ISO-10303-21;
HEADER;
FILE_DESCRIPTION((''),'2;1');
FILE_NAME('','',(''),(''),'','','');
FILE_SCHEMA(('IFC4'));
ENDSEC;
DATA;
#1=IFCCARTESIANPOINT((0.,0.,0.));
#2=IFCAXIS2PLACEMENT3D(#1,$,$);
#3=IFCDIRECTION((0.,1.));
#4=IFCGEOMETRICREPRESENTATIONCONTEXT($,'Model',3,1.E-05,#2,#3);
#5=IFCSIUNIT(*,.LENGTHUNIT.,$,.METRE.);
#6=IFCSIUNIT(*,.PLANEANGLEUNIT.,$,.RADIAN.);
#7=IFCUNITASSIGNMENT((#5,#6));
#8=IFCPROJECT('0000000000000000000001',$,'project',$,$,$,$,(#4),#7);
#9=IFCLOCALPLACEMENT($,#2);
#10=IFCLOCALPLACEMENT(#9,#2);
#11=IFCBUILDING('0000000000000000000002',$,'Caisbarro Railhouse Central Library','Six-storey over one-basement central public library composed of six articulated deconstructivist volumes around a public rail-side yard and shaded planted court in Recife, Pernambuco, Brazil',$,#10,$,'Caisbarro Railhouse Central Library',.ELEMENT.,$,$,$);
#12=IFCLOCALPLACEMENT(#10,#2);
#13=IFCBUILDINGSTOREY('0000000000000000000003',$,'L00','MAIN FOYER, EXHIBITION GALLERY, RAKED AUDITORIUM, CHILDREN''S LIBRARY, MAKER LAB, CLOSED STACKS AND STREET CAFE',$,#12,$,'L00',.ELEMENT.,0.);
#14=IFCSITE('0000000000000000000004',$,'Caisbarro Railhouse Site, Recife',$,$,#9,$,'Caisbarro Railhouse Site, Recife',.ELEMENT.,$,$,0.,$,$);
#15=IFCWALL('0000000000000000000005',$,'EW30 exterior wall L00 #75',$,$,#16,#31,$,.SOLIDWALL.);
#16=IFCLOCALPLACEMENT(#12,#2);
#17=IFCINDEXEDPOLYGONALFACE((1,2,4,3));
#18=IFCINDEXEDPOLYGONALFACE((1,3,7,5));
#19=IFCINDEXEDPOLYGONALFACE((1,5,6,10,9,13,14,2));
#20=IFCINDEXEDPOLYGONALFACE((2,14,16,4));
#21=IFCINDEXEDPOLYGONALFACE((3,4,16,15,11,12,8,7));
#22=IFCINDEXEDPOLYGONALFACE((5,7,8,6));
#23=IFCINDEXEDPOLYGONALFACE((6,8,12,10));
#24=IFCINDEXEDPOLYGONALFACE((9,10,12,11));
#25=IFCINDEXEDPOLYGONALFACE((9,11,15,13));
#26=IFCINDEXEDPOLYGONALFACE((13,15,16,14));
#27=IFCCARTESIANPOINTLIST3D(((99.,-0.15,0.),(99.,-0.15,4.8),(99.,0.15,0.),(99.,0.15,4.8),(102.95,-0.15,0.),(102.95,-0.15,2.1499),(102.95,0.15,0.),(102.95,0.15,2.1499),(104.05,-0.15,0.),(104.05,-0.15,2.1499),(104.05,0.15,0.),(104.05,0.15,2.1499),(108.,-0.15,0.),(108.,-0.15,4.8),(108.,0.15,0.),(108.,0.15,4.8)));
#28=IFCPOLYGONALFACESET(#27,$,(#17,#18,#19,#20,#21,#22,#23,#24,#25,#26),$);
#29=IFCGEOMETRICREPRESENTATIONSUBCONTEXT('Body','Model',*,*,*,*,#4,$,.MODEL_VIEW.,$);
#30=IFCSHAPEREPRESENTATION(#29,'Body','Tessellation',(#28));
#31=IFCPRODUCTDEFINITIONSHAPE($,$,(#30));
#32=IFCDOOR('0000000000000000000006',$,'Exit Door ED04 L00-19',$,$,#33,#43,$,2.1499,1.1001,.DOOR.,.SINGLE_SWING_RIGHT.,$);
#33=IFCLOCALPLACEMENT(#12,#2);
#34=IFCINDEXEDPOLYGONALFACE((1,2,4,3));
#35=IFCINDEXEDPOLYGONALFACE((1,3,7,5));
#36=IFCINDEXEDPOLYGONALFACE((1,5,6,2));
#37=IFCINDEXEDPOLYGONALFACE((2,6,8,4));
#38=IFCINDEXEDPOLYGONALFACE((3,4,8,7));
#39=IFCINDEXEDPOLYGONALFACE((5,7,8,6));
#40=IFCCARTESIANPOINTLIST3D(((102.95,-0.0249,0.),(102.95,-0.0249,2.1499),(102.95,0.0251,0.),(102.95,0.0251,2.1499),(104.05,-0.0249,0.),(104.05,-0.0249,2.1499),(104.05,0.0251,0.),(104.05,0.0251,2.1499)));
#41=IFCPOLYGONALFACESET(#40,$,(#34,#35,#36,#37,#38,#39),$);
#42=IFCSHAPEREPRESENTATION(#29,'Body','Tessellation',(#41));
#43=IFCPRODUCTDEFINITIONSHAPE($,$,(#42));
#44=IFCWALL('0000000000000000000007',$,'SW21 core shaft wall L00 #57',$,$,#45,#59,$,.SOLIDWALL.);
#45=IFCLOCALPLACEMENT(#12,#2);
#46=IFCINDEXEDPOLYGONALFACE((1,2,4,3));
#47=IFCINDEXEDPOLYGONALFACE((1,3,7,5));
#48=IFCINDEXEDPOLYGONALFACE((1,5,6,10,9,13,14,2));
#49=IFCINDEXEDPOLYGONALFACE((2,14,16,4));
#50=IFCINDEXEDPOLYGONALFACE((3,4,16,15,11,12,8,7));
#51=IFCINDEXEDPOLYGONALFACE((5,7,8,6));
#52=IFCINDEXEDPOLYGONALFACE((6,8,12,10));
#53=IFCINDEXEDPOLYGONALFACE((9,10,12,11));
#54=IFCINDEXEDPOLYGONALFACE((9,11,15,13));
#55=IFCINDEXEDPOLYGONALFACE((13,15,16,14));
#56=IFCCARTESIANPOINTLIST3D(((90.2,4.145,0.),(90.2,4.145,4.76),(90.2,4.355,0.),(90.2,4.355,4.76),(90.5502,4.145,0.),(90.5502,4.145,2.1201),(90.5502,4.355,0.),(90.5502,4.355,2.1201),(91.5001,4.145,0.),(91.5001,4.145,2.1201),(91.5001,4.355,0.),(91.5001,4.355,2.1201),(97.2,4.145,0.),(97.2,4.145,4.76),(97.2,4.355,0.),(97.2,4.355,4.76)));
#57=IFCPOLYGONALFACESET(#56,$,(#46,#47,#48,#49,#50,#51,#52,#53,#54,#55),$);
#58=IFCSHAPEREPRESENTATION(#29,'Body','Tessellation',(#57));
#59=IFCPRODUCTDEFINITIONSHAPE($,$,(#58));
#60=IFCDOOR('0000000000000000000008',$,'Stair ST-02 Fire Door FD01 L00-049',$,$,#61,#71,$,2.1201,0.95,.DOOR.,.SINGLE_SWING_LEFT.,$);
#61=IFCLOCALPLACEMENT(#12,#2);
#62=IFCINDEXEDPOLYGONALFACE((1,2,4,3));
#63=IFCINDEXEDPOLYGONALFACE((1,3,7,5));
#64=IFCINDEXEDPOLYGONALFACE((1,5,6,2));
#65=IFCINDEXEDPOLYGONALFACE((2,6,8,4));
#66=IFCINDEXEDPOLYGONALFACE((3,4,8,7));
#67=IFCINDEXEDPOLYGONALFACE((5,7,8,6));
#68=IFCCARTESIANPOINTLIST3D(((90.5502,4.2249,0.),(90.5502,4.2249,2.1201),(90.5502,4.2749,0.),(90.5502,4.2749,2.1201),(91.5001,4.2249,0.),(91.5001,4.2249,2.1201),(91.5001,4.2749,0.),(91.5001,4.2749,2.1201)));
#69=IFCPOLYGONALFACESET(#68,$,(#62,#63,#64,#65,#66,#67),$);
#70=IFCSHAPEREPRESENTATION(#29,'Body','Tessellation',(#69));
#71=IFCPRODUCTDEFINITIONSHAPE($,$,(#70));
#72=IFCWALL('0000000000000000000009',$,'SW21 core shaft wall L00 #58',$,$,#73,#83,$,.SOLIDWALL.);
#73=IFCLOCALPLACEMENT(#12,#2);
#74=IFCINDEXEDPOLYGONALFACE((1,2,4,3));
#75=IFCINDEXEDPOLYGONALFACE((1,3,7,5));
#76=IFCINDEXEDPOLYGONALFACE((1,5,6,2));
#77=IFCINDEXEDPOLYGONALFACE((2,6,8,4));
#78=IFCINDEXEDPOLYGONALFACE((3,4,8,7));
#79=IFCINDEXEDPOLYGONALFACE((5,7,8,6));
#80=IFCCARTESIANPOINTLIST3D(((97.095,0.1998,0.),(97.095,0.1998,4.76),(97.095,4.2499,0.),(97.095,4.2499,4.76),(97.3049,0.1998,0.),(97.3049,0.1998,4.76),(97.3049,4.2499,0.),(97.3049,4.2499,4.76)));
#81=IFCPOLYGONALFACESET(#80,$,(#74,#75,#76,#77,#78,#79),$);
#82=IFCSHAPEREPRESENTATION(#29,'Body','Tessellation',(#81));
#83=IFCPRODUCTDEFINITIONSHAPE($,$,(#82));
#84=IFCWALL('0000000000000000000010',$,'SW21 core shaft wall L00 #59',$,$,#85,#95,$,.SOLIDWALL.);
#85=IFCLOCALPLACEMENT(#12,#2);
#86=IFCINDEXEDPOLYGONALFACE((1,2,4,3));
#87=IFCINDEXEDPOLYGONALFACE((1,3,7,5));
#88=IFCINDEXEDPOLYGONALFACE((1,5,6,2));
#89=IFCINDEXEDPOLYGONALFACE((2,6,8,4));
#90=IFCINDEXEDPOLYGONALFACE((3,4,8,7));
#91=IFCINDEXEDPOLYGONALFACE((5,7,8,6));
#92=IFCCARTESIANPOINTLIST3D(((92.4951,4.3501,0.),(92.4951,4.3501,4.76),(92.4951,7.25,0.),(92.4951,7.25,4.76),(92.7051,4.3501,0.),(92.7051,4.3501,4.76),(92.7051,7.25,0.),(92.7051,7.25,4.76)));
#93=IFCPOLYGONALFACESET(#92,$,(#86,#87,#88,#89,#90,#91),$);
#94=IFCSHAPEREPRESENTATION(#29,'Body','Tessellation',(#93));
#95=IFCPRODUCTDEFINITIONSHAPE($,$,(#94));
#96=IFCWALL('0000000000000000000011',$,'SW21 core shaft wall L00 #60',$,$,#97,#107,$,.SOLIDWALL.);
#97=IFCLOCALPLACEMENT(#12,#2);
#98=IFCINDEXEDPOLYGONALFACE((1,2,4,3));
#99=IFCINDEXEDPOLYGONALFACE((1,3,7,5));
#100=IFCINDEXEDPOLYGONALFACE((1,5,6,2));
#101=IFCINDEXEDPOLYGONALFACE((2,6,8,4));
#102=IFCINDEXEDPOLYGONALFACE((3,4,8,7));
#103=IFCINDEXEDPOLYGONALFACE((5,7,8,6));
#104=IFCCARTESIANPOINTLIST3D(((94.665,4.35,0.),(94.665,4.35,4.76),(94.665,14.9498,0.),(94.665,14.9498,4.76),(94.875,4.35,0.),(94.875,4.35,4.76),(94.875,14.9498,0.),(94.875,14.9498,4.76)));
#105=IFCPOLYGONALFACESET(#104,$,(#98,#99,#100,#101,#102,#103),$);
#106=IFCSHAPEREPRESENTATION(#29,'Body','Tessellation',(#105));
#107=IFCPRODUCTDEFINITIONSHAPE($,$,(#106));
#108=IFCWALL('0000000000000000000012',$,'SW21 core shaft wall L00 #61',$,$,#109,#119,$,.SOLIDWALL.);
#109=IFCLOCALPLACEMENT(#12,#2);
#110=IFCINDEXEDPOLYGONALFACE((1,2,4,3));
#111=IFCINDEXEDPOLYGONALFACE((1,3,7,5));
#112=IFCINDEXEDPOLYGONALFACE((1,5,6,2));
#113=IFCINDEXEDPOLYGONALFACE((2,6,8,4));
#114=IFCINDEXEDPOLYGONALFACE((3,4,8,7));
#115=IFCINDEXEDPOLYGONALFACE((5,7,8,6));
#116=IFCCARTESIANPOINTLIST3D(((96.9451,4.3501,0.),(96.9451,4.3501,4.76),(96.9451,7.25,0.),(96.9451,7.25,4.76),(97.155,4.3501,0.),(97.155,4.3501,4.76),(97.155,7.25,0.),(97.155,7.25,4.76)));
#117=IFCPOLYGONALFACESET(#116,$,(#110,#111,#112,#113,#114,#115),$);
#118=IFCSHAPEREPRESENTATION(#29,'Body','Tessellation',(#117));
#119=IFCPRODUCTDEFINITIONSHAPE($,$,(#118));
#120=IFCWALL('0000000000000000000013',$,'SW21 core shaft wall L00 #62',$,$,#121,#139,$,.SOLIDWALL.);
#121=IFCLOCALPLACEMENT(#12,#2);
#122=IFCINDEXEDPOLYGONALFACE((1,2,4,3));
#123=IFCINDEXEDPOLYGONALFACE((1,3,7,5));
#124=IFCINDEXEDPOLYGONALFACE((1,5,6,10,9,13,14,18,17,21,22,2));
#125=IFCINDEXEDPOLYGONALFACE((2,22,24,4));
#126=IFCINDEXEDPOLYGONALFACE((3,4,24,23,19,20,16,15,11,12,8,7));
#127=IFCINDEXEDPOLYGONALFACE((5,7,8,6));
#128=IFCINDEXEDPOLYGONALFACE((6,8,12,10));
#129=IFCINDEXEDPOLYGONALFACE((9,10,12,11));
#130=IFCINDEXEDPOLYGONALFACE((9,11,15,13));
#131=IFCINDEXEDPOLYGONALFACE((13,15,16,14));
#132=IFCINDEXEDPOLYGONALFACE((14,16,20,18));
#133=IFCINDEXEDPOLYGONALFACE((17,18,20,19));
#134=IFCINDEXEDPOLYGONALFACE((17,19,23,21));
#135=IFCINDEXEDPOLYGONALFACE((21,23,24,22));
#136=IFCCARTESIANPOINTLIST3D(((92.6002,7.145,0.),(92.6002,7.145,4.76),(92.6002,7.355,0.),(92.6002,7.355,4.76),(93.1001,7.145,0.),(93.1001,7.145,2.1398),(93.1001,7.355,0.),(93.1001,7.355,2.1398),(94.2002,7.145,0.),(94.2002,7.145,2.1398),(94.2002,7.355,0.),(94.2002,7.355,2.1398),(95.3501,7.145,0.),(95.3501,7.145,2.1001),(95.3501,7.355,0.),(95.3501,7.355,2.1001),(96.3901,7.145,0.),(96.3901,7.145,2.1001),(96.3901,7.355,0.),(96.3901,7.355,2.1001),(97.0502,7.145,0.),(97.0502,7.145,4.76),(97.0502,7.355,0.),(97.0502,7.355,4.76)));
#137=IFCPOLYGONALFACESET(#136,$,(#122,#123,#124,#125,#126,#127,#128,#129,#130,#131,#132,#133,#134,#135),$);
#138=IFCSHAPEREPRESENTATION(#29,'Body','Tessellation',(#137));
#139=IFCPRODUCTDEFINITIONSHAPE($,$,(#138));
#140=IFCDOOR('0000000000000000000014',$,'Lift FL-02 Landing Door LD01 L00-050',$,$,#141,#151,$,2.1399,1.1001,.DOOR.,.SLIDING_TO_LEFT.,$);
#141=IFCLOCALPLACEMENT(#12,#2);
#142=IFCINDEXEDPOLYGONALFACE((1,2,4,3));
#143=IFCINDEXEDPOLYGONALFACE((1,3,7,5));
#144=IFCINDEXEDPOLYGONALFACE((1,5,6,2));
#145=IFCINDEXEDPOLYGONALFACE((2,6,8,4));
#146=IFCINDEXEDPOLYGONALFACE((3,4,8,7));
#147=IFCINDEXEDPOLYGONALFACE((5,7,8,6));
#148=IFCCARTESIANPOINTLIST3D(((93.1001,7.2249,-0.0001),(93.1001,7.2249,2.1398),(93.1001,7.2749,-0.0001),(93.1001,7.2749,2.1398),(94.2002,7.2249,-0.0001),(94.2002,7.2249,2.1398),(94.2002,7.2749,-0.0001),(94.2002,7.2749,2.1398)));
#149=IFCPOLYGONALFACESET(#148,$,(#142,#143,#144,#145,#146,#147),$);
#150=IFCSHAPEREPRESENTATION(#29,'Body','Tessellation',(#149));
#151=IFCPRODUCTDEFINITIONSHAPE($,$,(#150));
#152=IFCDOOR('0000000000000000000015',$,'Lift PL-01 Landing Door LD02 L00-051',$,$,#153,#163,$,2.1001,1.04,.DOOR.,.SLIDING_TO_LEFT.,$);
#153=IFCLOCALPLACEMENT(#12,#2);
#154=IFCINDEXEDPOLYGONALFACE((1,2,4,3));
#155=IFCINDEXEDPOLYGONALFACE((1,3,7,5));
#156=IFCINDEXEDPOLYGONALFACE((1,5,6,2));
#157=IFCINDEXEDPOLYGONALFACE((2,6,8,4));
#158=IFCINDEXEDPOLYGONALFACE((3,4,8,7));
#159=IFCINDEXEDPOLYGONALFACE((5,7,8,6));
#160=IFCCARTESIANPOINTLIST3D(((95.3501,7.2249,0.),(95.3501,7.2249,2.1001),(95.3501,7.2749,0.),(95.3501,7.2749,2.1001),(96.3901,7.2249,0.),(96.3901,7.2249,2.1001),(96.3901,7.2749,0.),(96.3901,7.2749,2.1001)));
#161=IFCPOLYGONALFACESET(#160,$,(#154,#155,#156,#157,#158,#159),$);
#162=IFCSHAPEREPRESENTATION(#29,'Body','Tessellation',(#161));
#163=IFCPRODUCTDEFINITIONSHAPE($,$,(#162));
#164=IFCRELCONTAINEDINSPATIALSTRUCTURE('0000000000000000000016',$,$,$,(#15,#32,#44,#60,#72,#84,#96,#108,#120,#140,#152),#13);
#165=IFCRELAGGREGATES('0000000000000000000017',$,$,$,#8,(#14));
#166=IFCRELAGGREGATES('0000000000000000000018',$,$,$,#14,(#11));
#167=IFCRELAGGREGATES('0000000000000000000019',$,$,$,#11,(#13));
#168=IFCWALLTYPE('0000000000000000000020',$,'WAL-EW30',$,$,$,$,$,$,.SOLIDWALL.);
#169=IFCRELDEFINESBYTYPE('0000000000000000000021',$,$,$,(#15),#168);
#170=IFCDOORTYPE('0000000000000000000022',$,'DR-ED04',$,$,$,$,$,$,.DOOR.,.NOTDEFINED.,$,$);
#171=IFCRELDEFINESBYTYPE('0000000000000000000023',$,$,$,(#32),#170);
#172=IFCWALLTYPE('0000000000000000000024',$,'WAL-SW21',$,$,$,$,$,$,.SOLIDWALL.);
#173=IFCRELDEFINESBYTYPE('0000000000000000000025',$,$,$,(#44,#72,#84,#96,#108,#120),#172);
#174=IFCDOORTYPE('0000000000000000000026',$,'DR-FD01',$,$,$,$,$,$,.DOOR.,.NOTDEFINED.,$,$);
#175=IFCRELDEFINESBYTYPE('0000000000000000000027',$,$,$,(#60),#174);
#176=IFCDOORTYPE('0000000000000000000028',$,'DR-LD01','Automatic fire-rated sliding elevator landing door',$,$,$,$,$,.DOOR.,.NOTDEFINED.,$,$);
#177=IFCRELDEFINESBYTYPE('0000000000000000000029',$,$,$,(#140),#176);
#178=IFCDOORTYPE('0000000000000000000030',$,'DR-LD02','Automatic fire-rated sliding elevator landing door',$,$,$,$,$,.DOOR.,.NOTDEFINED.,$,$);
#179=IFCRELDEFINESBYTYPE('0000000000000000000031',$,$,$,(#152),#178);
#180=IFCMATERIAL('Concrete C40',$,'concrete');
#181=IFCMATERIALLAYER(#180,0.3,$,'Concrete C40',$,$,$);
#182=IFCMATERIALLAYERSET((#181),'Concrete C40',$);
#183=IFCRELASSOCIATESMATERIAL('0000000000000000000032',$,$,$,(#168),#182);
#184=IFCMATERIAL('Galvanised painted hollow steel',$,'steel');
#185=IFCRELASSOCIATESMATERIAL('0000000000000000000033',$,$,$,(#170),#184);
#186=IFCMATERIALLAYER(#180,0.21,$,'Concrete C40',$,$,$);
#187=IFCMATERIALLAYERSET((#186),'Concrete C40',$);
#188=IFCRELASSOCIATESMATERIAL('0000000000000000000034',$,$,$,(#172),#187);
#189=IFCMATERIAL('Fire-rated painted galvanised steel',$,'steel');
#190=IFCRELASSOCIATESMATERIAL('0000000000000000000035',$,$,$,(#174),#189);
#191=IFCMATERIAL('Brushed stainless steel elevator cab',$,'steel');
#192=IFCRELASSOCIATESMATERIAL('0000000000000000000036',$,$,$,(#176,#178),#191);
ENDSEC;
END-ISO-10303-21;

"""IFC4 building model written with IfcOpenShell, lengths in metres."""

from ifc_helpers import new_model, si_unit, direction, frame, frame_2d, origin, place, context, subcontext, project, spatial, rectangle, extrude, material, layer, layer_set, type_object, element, fill, save


model = new_model("IFC4")

# Units and contexts
model_context = context("Model", 3, precision=1e-05, world=origin(), true_north=direction((0.0, 1.0)))
body_context = subcontext(model_context, "Body", "Model", "MODEL_VIEW")
ifc_project = project(units=[si_unit("LENGTHUNIT", "METRE"), si_unit("PLANEANGLEUNIT", "RADIAN")], contexts=[model_context])

# Site, building, storey
site_placement = place(None, origin())
site = spatial("IfcSite", under=ifc_project, at=site_placement, Name="Caisbarro Railhouse Site, Recife", LongName="Caisbarro Railhouse Site, Recife", CompositionType="ELEMENT", RefElevation=0.0)
building_placement = place(site_placement, origin())
building = spatial("IfcBuilding", under=site, at=building_placement, Name="Caisbarro Railhouse Central Library", Description="Six-storey over one-basement central public library composed of six articulated deconstructivist volumes around a public rail-side yard and shaded planted court in Recife, Pernambuco, Brazil", LongName="Caisbarro Railhouse Central Library", CompositionType="ELEMENT")
storey_placement = place(building_placement, origin())
storey = spatial("IfcBuildingStorey", under=building, at=storey_placement, Name="L00", Description="MAIN FOYER, EXHIBITION GALLERY, RAKED AUDITORIUM, CHILDREN'S LIBRARY, MAKER LAB, CLOSED STACKS AND STREET CAFE", LongName="L00", CompositionType="ELEMENT", Elevation=0.0)

# Shared definitions
ifc_material_1 = material(Name="Concrete C40", Category="concrete")

# Walls, openings, doors
ifc_layer_1 = layer(ifc_material_1, 0.3, Name="Concrete C40")
ifc_layer_set_1 = layer_set([ifc_layer_1], Name="Concrete C40")
wall_type_1 = type_object("IfcWallType", Name="WAL-EW30", PredefinedType="SOLIDWALL", material=ifc_layer_set_1)
wall_1_placement = place(storey_placement, frame((99.0, 0.0, 0.0), z_axis=(0.0, 0.0, 1.0), x_axis=(1.0, 0.0, 0.0)))
wall_1 = element("IfcWall", 1, at=wall_1_placement, inside=storey, type_object=wall_type_1, Name="EW30 exterior wall L00 #75", PredefinedType="SOLIDWALL", context=body_context, shape_type="SweptSolid", body=[
    extrude(rectangle(XDim=9.0, YDim=0.3, at=frame_2d((4.5, 0.0))), origin(), (0.0, 0.0, 1.0), 4.8),
])
opening_1_placement = place(wall_1_placement, frame((3.95, 0.0, 0.0)))
opening_1 = element("IfcOpeningElement", 2, at=opening_1_placement, cuts=wall_1, PredefinedType="OPENING", context=body_context, shape_type="SweptSolid", body=[
    extrude(rectangle(XDim=1.1001, YDim=2.1499, at=frame_2d((0.55, 1.075))), frame((0.0, 0.1602, 0.0), z_axis=(0.0, -1.0, 0.0), x_axis=(1.0, 0.0, 0.0)), (0.0, 0.0, 1.0), 0.3201),
])
ifc_material_2 = material(Name="Galvanised painted hollow steel", Category="steel")
door_type_1 = type_object("IfcDoorType", Name="DR-ED04", OperationType="NOTDEFINED", PredefinedType="DOOR", material=ifc_material_2)
door_1_placement = place(opening_1_placement, frame((1.1001, 0.0, 0.0), z_axis=(0.0, 0.0, 1.0), x_axis=(-1.0, 0.0, 0.0)))
door_1 = element("IfcDoor", 3, at=door_1_placement, inside=storey, type_object=door_type_1, Name="Exit Door ED04 L00-19", OperationType="SINGLE_SWING_RIGHT", OverallHeight=2.1499, OverallWidth=1.1001, PredefinedType="DOOR", context=body_context, shape_type="SweptSolid", body=[
    extrude(rectangle(XDim=1.1001, YDim=2.1499, at=frame_2d((0.55, 1.075))), frame((0.0, 0.0249, 0.0), z_axis=(0.0, -1.0, 0.0), x_axis=(1.0, 0.0, 0.0)), (0.0, 0.0, 1.0), 0.05),
])
fill(opening_1, door_1)
ifc_layer_2 = layer(ifc_material_1, 0.21, Name="Concrete C40")
ifc_layer_set_2 = layer_set([ifc_layer_2], Name="Concrete C40")
wall_type_2 = type_object("IfcWallType", Name="WAL-SW21", PredefinedType="SOLIDWALL", material=ifc_layer_set_2)
wall_2_placement = place(storey_placement, frame((90.2, 4.25, 0.0), z_axis=(0.0, 0.0, 1.0), x_axis=(1.0, 0.0, 0.0)))
wall_2 = element("IfcWall", 4, at=wall_2_placement, inside=storey, type_object=wall_type_2, Name="SW21 core shaft wall L00 #57", PredefinedType="SOLIDWALL", context=body_context, shape_type="SweptSolid", body=[
    extrude(rectangle(XDim=7.0, YDim=0.21, at=frame_2d((3.5, 0.0))), origin(), (0.0, 0.0, 1.0), 4.76),
])
opening_2_placement = place(wall_2_placement, frame((0.3501, 0.0, 0.0)))
opening_2 = element("IfcOpeningElement", 5, at=opening_2_placement, cuts=wall_2, PredefinedType="OPENING", context=body_context, shape_type="SweptSolid", body=[
    extrude(rectangle(XDim=0.95, YDim=2.1201, at=frame_2d((0.4751, 1.0601))), frame((0.0, 0.115, 0.0), z_axis=(0.0, -1.0, 0.0), x_axis=(1.0, 0.0, 0.0)), (0.0, 0.0, 1.0), 0.23),
])
ifc_material_3 = material(Name="Fire-rated painted galvanised steel", Category="steel")
door_type_2 = type_object("IfcDoorType", Name="DR-FD01", OperationType="NOTDEFINED", PredefinedType="DOOR", material=ifc_material_3)
door_2_placement = place(opening_2_placement, origin())
door_2 = element("IfcDoor", 6, at=door_2_placement, inside=storey, type_object=door_type_2, Name="Stair ST-02 Fire Door FD01 L00-049", OperationType="SINGLE_SWING_LEFT", OverallHeight=2.1201, OverallWidth=0.95, PredefinedType="DOOR", context=body_context, shape_type="SweptSolid", body=[
    extrude(rectangle(XDim=0.95, YDim=2.1201, at=frame_2d((0.4751, 1.0601))), frame((0.0, 0.0249, 0.0), z_axis=(0.0, -1.0, 0.0), x_axis=(1.0, 0.0, 0.0)), (0.0, 0.0, 1.0), 0.05),
])
fill(opening_2, door_2)

# Walls
wall_3_placement = place(storey_placement, frame((97.2, 0.2, 0.0), z_axis=(0.0, 0.0, 1.0), x_axis=(0.0, 1.0, 0.0)))
element("IfcWall", 7, at=wall_3_placement, inside=storey, type_object=wall_type_2, Name="SW21 core shaft wall L00 #58", PredefinedType="SOLIDWALL", context=body_context, shape_type="SweptSolid", body=[
    extrude(rectangle(XDim=4.05, YDim=0.21, at=frame_2d((2.0249, 0.0))), origin(), (0.0, 0.0, 1.0), 4.76),
])
wall_4_placement = place(storey_placement, frame((92.6001, 4.3501, 0.0), z_axis=(0.0, 0.0, 1.0), x_axis=(0.0, 1.0, 0.0)))
element("IfcWall", 8, at=wall_4_placement, inside=storey, type_object=wall_type_2, Name="SW21 core shaft wall L00 #59", PredefinedType="SOLIDWALL", context=body_context, shape_type="SweptSolid", body=[
    extrude(rectangle(XDim=2.8999, YDim=0.21, at=frame_2d((1.45, 0.0))), origin(), (0.0, 0.0, 1.0), 4.76),
])
wall_5_placement = place(storey_placement, frame((94.77, 4.3501, 0.0), z_axis=(0.0, 0.0, 1.0), x_axis=(0.0, 1.0, 0.0)))
element("IfcWall", 9, at=wall_5_placement, inside=storey, type_object=wall_type_2, Name="SW21 core shaft wall L00 #60", PredefinedType="SOLIDWALL", context=body_context, shape_type="SweptSolid", body=[
    extrude(rectangle(XDim=10.5999, YDim=0.21, at=frame_2d((5.2998, 0.0))), origin(), (0.0, 0.0, 1.0), 4.76),
])
wall_6_placement = place(storey_placement, frame((97.05, 4.3501, 0.0), z_axis=(0.0, 0.0, 1.0), x_axis=(0.0, 1.0, 0.0)))
element("IfcWall", 10, at=wall_6_placement, inside=storey, type_object=wall_type_2, Name="SW21 core shaft wall L00 #61", PredefinedType="SOLIDWALL", context=body_context, shape_type="SweptSolid", body=[
    extrude(rectangle(XDim=2.8999, YDim=0.21, at=frame_2d((1.45, 0.0))), origin(), (0.0, 0.0, 1.0), 4.76),
])

# Wall, openings, doors
wall_7_placement = place(storey_placement, frame((92.6001, 7.25, 0.0), z_axis=(0.0, 0.0, 1.0), x_axis=(1.0, 0.0, 0.0)))
wall_7 = element("IfcWall", 11, at=wall_7_placement, inside=storey, type_object=wall_type_2, Name="SW21 core shaft wall L00 #62", PredefinedType="SOLIDWALL", context=body_context, shape_type="SweptSolid", body=[
    extrude(rectangle(XDim=4.45, YDim=0.21, at=frame_2d((2.2251, 0.0))), origin(), (0.0, 0.0, 1.0), 4.76),
])
opening_3_placement = place(wall_7_placement, frame((0.5, 0.0, 0.0)))
opening_3 = element("IfcOpeningElement", 12, at=opening_3_placement, cuts=wall_7, PredefinedType="OPENING", context=body_context, shape_type="SweptSolid", body=[
    extrude(rectangle(XDim=1.1001, YDim=2.1399, at=frame_2d((0.55, 1.0698))), frame((0.0, 0.115, 0.0), z_axis=(0.0, -1.0, 0.0), x_axis=(1.0, 0.0, 0.0)), (0.0, 0.0, 1.0), 0.23),
])
opening_4_placement = place(wall_7_placement, frame((2.75, 0.0, 0.0)))
opening_4 = element("IfcOpeningElement", 13, at=opening_4_placement, cuts=wall_7, PredefinedType="OPENING", context=body_context, shape_type="SweptSolid", body=[
    extrude(rectangle(XDim=1.04, YDim=2.1001, at=frame_2d((0.52, 1.05))), frame((0.0, 0.115, 0.0), z_axis=(0.0, -1.0, 0.0), x_axis=(1.0, 0.0, 0.0)), (0.0, 0.0, 1.0), 0.23),
])
ifc_material_4 = material(Name="Brushed stainless steel elevator cab", Category="steel")
door_type_3 = type_object("IfcDoorType", Name="DR-LD01", Description="Automatic fire-rated sliding elevator landing door", OperationType="NOTDEFINED", PredefinedType="DOOR", material=ifc_material_4)
door_3_placement = place(opening_3_placement, origin())
door_3 = element("IfcDoor", 14, at=door_3_placement, inside=storey, type_object=door_type_3, Name="Lift FL-02 Landing Door LD01 L00-050", OperationType="SLIDING_TO_LEFT", OverallHeight=2.1399, OverallWidth=1.1001, PredefinedType="DOOR", context=body_context, shape_type="SweptSolid", body=[
    extrude(rectangle(XDim=1.1001, YDim=2.1399, at=frame_2d((0.55, 1.0698))), frame((0.0, 0.0249, 0.0), z_axis=(0.0, -1.0, 0.0), x_axis=(1.0, 0.0, 0.0)), (0.0, 0.0, 1.0), 0.05),
])
fill(opening_3, door_3)
door_type_4 = type_object("IfcDoorType", Name="DR-LD02", Description="Automatic fire-rated sliding elevator landing door", OperationType="NOTDEFINED", PredefinedType="DOOR", material=ifc_material_4)
door_4_placement = place(opening_4_placement, origin())
door_4 = element("IfcDoor", 15, at=door_4_placement, inside=storey, type_object=door_type_4, Name="Lift PL-01 Landing Door LD02 L00-051", OperationType="SLIDING_TO_LEFT", OverallHeight=2.1001, OverallWidth=1.04, PredefinedType="DOOR", context=body_context, shape_type="SweptSolid", body=[
    extrude(rectangle(XDim=1.04, YDim=2.1001, at=frame_2d((0.52, 1.05))), frame((0.0, 0.0249, 0.0), z_axis=(0.0, -1.0, 0.0), x_axis=(1.0, 0.0, 0.0)), (0.0, 0.0, 1.0), 0.05),
])
fill(opening_4, door_4)

save(model, "model.ifc")
